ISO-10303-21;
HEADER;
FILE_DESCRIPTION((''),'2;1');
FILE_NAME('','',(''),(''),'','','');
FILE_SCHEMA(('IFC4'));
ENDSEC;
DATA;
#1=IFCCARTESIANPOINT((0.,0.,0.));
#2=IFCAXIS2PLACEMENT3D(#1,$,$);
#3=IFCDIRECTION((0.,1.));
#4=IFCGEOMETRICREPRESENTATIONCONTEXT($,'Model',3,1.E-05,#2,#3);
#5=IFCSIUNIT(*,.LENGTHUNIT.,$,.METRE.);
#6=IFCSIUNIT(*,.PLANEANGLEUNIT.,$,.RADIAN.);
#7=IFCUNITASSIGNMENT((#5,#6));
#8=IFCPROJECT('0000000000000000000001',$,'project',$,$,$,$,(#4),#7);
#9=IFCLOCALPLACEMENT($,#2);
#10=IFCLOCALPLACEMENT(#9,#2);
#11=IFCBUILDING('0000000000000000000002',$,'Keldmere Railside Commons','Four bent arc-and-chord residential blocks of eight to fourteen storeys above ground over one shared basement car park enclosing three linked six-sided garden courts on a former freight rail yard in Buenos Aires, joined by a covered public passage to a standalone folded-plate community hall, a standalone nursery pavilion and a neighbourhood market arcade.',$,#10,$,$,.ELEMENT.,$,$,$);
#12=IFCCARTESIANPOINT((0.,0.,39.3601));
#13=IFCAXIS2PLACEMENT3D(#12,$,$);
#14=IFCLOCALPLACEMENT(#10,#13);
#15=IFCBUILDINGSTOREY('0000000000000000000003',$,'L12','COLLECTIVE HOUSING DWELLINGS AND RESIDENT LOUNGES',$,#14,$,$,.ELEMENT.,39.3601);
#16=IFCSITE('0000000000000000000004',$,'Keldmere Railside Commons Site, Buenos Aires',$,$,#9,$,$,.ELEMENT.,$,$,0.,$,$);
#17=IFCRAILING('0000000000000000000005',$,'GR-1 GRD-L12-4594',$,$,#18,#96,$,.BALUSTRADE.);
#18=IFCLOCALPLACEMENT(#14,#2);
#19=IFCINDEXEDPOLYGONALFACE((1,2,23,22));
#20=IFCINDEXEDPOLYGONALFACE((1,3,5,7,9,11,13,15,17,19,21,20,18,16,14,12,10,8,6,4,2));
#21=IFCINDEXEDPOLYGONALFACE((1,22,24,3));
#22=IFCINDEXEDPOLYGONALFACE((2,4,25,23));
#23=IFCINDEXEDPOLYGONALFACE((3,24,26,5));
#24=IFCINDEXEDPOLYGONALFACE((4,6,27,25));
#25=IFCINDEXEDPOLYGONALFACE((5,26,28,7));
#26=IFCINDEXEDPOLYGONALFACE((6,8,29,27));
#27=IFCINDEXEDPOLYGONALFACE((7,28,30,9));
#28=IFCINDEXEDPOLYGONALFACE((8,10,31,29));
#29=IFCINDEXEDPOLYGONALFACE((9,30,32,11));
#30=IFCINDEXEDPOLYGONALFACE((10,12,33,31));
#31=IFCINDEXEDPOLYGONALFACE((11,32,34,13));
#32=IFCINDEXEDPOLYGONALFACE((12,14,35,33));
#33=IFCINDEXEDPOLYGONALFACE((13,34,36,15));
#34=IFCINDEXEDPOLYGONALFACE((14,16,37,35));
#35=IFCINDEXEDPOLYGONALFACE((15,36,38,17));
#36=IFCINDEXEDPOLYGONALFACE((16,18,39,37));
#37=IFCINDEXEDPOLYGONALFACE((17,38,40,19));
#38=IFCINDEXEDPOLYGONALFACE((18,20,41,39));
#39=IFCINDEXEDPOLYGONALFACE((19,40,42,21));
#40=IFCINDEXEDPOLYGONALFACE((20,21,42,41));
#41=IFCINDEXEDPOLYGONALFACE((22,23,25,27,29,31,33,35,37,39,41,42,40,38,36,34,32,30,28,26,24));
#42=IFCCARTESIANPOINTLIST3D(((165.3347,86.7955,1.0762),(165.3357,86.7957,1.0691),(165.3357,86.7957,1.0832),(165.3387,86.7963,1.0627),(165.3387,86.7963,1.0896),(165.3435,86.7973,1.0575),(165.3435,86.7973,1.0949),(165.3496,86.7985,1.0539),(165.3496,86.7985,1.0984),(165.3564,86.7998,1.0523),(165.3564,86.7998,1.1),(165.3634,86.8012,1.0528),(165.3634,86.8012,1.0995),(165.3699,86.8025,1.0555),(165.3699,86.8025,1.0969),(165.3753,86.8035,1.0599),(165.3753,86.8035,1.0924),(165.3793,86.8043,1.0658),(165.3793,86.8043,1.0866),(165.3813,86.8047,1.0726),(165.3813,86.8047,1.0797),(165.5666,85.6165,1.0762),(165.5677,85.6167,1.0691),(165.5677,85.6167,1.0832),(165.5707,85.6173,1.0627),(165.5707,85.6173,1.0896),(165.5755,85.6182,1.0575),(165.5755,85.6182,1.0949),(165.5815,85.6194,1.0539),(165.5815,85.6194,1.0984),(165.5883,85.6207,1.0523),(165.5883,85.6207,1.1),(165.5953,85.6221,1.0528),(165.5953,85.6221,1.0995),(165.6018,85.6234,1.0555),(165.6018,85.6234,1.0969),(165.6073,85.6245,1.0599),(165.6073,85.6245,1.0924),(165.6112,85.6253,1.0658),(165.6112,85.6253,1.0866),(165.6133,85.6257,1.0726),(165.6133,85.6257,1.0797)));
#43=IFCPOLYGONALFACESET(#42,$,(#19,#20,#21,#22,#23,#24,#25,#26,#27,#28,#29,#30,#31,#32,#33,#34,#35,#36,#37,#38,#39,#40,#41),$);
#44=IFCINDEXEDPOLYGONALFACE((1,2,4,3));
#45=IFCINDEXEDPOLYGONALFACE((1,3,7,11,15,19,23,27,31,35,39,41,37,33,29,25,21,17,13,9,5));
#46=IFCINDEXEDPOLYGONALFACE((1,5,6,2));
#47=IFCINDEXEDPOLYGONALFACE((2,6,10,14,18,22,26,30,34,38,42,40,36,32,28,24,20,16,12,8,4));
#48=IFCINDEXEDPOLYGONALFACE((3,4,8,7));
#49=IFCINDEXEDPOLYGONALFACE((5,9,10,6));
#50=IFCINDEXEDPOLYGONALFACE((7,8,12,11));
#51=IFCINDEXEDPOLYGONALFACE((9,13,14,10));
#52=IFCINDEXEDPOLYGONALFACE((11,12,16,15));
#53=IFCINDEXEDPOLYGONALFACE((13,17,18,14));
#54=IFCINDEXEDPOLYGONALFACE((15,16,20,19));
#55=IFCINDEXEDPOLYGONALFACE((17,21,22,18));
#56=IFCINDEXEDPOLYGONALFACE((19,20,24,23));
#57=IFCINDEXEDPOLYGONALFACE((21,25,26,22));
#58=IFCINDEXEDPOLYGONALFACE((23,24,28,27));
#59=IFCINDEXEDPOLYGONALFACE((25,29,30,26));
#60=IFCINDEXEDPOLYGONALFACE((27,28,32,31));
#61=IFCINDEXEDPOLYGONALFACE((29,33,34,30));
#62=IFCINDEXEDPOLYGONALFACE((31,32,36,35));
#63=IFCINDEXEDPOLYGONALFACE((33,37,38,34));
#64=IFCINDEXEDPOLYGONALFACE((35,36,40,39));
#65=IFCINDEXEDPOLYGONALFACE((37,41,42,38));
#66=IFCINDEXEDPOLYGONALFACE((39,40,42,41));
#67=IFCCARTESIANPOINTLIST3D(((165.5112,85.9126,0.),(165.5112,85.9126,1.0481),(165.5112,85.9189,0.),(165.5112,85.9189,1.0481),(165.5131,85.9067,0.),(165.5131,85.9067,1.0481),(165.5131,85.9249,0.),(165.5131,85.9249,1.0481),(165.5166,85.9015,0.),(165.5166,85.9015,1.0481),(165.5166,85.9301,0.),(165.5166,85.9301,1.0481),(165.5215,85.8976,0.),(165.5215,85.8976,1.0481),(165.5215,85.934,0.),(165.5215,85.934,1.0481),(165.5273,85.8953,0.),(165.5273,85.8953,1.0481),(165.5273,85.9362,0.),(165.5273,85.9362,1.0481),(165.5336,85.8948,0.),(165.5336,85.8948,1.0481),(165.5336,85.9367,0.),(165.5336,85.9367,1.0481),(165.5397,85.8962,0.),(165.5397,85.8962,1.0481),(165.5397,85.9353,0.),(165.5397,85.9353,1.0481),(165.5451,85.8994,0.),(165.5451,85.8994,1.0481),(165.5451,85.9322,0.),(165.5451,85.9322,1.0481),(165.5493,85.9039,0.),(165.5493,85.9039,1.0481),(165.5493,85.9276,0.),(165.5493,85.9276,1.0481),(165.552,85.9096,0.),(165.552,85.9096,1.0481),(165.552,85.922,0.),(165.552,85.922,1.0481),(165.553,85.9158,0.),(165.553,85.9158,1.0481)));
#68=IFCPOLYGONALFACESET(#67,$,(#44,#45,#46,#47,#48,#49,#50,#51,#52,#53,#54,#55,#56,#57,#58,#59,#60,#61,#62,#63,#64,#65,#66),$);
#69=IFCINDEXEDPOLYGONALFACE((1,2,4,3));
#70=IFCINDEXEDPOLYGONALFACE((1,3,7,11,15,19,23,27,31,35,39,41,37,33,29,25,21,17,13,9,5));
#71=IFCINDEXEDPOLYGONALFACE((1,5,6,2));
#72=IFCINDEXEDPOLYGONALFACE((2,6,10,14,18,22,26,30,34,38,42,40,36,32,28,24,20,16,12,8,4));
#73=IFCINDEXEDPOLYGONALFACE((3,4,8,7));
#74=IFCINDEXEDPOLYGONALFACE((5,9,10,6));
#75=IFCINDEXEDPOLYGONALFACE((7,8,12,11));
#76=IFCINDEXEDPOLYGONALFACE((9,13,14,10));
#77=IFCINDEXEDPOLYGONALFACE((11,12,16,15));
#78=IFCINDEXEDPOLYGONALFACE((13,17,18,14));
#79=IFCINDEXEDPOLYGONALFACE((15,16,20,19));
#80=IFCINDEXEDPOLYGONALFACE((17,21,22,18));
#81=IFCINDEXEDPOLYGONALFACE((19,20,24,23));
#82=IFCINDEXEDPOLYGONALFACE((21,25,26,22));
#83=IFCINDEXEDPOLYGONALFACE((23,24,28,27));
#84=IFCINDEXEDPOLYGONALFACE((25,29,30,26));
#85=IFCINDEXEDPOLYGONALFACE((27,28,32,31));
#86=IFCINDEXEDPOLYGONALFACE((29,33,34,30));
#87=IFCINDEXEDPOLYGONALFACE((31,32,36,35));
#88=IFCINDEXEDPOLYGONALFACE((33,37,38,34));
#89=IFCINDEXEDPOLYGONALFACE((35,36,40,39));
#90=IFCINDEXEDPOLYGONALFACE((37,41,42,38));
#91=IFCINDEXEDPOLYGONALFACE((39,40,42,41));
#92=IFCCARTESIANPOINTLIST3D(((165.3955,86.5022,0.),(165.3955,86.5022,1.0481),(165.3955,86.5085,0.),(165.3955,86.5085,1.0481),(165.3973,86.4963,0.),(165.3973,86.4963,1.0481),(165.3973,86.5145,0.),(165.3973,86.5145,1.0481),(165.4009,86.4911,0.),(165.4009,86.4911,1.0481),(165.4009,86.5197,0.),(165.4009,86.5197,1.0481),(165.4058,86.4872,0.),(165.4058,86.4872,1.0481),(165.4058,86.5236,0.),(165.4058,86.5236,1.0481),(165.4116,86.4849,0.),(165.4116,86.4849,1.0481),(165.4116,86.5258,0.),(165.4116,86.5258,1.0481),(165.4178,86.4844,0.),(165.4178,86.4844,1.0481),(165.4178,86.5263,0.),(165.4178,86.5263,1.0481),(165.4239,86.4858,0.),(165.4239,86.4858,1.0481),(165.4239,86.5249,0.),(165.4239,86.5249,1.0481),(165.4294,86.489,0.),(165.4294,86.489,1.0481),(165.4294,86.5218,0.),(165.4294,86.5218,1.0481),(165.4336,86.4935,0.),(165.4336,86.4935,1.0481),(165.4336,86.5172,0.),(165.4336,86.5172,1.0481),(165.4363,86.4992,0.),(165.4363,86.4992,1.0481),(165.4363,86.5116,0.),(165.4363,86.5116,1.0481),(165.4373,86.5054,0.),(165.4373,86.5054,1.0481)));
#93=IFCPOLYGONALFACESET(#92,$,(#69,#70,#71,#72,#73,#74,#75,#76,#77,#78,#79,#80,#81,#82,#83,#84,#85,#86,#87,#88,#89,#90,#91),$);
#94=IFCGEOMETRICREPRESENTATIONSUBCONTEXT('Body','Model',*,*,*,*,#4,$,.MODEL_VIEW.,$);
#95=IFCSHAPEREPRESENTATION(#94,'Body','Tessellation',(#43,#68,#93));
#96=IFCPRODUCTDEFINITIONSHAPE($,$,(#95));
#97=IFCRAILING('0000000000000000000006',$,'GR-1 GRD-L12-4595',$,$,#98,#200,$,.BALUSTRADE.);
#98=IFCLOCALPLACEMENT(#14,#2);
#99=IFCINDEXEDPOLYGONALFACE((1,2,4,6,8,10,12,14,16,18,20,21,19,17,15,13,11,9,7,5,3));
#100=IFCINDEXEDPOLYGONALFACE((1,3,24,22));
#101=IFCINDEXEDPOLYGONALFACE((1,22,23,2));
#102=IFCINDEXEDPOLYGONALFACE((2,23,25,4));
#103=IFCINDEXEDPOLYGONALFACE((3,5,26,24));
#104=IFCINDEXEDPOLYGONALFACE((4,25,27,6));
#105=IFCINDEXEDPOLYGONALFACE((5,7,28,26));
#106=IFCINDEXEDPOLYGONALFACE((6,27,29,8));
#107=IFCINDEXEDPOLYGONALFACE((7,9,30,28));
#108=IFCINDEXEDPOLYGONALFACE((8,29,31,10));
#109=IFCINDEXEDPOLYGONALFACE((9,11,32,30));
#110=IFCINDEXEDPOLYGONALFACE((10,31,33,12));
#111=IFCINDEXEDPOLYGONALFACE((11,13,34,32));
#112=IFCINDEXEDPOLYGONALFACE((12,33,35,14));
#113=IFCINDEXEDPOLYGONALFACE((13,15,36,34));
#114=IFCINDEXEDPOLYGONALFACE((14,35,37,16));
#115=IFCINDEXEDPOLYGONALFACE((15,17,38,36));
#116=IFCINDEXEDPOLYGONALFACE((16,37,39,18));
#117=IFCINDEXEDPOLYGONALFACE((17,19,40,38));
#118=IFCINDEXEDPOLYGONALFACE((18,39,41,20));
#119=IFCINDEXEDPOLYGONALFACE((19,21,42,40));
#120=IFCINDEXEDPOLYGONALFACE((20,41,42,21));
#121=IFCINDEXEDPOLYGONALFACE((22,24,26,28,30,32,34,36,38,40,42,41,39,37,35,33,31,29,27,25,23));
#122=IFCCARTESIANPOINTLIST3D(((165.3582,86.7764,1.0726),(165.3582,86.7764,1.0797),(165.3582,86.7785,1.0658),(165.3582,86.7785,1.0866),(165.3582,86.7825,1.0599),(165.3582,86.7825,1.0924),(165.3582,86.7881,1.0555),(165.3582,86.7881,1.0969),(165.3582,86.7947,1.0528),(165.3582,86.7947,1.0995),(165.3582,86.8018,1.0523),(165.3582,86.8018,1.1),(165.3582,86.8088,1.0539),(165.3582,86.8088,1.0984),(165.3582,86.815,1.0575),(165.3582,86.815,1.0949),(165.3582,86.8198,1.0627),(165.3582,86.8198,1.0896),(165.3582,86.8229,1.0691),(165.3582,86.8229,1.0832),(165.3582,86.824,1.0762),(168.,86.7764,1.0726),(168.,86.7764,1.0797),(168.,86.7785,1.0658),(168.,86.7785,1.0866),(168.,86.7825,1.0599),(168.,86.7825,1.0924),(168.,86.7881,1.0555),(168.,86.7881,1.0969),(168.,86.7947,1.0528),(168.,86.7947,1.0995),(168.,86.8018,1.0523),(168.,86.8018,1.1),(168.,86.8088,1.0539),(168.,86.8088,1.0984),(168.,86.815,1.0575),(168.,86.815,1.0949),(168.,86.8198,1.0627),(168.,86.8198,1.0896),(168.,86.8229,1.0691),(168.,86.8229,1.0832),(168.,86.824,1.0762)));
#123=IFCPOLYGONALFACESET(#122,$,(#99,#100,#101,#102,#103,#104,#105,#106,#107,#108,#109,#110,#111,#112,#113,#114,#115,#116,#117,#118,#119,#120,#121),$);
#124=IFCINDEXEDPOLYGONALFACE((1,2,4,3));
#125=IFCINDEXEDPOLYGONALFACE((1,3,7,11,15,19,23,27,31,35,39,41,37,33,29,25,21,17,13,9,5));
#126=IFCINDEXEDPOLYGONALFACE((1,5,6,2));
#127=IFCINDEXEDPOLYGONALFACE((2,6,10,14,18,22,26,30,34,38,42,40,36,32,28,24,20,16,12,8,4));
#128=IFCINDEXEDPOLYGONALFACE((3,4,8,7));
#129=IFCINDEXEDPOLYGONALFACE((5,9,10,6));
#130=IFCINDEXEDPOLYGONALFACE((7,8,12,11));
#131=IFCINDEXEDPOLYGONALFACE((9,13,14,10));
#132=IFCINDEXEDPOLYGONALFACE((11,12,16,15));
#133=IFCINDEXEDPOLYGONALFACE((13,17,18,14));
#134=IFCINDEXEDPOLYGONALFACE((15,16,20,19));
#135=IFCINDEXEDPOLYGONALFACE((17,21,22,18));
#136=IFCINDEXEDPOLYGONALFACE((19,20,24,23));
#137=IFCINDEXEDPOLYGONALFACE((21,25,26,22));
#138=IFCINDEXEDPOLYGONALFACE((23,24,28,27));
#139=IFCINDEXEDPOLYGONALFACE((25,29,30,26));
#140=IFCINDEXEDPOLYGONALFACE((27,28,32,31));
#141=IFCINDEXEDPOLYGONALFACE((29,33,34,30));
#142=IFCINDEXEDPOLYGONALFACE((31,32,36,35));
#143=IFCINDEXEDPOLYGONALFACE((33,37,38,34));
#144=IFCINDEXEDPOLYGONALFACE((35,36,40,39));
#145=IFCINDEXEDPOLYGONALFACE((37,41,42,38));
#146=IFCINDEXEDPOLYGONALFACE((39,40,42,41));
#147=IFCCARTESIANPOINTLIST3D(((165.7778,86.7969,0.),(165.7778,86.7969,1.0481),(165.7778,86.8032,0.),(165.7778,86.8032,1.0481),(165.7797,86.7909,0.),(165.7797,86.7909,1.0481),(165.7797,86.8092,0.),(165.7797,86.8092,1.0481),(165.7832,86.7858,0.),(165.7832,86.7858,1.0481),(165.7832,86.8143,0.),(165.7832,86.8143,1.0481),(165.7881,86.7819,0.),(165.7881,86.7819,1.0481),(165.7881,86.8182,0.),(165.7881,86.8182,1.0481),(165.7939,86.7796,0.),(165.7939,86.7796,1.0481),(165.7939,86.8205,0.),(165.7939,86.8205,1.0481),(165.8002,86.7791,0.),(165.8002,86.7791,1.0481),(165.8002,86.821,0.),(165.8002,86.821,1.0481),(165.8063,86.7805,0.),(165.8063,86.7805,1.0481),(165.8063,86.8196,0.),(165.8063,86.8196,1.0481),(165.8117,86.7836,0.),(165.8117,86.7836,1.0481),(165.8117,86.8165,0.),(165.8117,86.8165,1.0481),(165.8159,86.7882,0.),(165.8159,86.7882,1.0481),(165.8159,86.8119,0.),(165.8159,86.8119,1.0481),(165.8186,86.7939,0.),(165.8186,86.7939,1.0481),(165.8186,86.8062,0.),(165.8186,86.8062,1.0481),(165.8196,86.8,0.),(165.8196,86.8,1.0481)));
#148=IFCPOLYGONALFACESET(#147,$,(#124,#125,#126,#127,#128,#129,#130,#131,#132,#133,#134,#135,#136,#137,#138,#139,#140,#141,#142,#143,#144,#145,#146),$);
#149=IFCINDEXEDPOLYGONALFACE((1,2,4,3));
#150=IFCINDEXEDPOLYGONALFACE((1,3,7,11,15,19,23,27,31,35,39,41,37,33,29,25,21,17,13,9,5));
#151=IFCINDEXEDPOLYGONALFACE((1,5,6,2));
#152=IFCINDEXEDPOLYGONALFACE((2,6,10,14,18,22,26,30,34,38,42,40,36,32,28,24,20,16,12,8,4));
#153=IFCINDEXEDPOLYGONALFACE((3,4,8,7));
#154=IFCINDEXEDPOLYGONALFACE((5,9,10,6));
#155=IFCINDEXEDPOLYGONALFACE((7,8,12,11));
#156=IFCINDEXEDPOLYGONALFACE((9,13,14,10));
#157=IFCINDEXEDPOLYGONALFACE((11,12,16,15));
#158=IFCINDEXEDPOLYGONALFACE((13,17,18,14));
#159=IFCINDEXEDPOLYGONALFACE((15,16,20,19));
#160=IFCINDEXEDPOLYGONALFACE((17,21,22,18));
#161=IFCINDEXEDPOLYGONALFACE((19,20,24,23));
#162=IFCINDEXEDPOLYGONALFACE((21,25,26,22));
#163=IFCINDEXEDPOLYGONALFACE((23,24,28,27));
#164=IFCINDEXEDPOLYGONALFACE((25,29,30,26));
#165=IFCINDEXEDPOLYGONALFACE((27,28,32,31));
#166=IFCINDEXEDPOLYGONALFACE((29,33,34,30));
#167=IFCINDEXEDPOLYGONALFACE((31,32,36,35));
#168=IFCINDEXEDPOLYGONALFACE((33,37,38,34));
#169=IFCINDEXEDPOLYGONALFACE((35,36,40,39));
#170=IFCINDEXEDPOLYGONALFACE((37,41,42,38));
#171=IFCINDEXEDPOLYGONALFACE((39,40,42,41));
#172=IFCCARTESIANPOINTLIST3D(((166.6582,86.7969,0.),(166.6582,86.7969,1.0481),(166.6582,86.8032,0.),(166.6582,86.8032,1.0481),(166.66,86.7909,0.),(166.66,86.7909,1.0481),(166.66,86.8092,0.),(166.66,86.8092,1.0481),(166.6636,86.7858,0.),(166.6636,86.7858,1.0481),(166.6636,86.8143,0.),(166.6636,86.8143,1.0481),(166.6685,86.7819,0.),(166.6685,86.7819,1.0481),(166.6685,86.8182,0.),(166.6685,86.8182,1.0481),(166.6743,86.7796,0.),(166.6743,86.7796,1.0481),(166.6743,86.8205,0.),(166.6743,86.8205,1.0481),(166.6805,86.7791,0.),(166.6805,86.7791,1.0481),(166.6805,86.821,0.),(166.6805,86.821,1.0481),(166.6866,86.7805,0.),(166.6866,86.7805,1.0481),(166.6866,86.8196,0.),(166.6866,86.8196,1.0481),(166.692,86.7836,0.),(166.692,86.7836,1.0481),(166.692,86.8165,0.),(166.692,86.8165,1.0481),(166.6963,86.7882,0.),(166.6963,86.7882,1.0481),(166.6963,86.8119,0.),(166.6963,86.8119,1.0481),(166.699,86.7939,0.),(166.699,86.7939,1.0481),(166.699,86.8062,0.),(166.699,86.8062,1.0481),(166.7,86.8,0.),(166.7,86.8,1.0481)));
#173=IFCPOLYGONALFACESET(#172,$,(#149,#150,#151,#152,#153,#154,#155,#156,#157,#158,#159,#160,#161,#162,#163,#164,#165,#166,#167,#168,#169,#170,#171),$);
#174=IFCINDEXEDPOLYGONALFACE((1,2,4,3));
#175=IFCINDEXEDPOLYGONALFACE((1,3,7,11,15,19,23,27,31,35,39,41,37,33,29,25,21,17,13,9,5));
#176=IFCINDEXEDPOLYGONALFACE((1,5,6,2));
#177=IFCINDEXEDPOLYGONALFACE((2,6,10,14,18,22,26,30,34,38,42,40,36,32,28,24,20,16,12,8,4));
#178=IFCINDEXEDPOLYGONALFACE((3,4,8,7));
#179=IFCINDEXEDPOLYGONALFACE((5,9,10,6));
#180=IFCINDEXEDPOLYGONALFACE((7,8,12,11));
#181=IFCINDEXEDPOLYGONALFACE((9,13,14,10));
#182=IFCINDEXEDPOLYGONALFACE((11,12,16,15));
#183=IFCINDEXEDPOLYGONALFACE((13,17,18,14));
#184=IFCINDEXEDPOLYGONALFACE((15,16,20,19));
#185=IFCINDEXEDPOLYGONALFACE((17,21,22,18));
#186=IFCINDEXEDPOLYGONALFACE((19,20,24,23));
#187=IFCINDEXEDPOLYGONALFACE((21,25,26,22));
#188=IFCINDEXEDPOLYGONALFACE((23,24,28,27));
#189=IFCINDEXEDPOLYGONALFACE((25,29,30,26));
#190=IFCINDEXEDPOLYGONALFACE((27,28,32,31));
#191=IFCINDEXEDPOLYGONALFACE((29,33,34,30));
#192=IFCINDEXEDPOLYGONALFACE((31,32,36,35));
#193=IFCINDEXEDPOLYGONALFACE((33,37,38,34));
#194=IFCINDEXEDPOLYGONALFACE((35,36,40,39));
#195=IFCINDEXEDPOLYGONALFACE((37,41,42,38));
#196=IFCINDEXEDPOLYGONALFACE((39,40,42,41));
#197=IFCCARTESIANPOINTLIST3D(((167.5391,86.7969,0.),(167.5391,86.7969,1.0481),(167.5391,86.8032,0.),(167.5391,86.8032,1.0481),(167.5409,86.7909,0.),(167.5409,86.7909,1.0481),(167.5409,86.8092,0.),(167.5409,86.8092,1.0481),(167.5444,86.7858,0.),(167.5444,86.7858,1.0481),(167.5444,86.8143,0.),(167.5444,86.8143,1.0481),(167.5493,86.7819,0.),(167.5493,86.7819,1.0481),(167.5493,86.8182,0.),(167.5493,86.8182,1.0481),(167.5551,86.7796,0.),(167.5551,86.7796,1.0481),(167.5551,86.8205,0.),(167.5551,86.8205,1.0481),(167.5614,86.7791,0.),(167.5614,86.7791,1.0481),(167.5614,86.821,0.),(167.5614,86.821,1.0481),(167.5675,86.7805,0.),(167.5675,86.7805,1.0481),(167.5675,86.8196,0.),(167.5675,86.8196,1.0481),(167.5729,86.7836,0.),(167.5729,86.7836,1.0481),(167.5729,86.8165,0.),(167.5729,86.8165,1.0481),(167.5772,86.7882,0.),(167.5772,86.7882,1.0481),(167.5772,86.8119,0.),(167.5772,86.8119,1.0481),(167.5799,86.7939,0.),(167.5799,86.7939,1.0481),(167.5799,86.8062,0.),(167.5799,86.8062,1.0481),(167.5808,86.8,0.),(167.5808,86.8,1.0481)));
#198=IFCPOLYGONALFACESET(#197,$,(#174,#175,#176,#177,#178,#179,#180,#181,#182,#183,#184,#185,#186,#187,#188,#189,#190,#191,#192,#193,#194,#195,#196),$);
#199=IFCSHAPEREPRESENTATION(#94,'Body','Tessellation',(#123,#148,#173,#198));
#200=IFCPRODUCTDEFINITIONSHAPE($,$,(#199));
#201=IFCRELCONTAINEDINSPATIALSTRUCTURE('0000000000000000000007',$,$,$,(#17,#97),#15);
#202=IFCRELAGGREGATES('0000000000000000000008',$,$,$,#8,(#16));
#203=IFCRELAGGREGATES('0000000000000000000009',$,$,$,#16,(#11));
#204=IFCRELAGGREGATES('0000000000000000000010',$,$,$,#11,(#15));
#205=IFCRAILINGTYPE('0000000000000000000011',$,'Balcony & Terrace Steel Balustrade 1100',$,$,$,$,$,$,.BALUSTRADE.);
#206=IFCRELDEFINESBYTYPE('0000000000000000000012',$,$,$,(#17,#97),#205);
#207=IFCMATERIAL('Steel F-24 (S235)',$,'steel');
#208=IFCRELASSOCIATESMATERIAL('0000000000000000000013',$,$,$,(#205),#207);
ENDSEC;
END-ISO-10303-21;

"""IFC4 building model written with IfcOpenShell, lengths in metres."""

from ifc_helpers import new_model, si_unit, direction, frame, origin, origin_2d, place, context, subcontext, project, spatial, circle, extrude, material, type_object, element, save


model = new_model("IFC4")

# Units and contexts
model_context = context("Model", 3, precision=1e-05, world=origin(), true_north=direction((0.0, 1.0)))
body_context = subcontext(model_context, "Body", "Model", "MODEL_VIEW")
ifc_project = project(units=[si_unit("LENGTHUNIT", "METRE"), si_unit("PLANEANGLEUNIT", "RADIAN")], contexts=[model_context])

# Site, building, storey
site_placement = place(None, origin())
site = spatial("IfcSite", under=ifc_project, at=site_placement, Name="Keldmere Railside Commons Site, Buenos Aires", CompositionType="ELEMENT", RefElevation=0.0)
building_placement = place(site_placement, origin())
building = spatial("IfcBuilding", under=site, at=building_placement, Name="Keldmere Railside Commons", Description="Four bent arc-and-chord residential blocks of eight to fourteen storeys above ground over one shared basement car park enclosing three linked six-sided garden courts on a former freight rail yard in Buenos Aires, joined by a covered public passage to a standalone folded-plate community hall, a standalone nursery pavilion and a neighbourhood market arcade.", CompositionType="ELEMENT")
storey_placement = place(building_placement, frame((0.0, 0.0, 39.3601)))
storey = spatial("IfcBuildingStorey", under=building, at=storey_placement, Name="L12", Description="COLLECTIVE HOUSING DWELLINGS AND RESIDENT LOUNGES", CompositionType="ELEMENT", Elevation=39.3601)

# Railings
ifc_material_1 = material(Name="Steel F-24 (S235)", Category="steel")
railing_type = type_object("IfcRailingType", Name="Balcony & Terrace Steel Balustrade 1100", PredefinedType="BALUSTRADE", material=ifc_material_1)
railing_1_placement = place(storey_placement, frame((165.5901, 85.6211, 0.0)))
element("IfcRailing", 1, at=railing_1_placement, inside=storey, type_object=railing_type, Name="GR-1 GRD-L12-4594", PredefinedType="BALUSTRADE", context=body_context, shape_type="SweptSolid", body=[
    extrude(circle(Radius=0.0239, at=origin_2d()), frame((0.0, 0.0, 1.0762), z_axis=(-0.193028, 0.981193, 0.0), x_axis=(-0.981193, -0.193028, 0.0)), (0.0, 0.0, 1.0), 1.2017),
    extrude(circle(Radius=0.021, at=origin_2d()), frame((-0.0581, 0.2947, 0.0)), (0.0, 0.0, 1.0), 1.0481),
    extrude(circle(Radius=0.021, at=origin_2d()), frame((-0.1738, 0.8843, 0.0)), (0.0, 0.0, 1.0), 1.0481),
])
railing_2_placement = place(storey_placement, frame((165.3582, 86.8, 0.0)))
element("IfcRailing", 2, at=railing_2_placement, inside=storey, type_object=railing_type, Name="GR-1 GRD-L12-4595", PredefinedType="BALUSTRADE", context=body_context, shape_type="SweptSolid", body=[
    extrude(circle(Radius=0.0239, at=origin_2d()), frame((0.0, 0.0, 1.0762), z_axis=(1.0, 0.0, 0.0), x_axis=(0.0, 1.0, 0.0)), (0.0, 0.0, 1.0), 2.6418),
    extrude(circle(Radius=0.021, at=origin_2d()), frame((0.4404, 0.0, 0.0)), (0.0, 0.0, 1.0), 1.0481),
    extrude(circle(Radius=0.021, at=origin_2d()), frame((1.3208, 0.0, 0.0)), (0.0, 0.0, 1.0), 1.0481),
    extrude(circle(Radius=0.021, at=origin_2d()), frame((2.2017, 0.0, 0.0)), (0.0, 0.0, 1.0), 1.0481),
])

save(model, "model.ifc")
